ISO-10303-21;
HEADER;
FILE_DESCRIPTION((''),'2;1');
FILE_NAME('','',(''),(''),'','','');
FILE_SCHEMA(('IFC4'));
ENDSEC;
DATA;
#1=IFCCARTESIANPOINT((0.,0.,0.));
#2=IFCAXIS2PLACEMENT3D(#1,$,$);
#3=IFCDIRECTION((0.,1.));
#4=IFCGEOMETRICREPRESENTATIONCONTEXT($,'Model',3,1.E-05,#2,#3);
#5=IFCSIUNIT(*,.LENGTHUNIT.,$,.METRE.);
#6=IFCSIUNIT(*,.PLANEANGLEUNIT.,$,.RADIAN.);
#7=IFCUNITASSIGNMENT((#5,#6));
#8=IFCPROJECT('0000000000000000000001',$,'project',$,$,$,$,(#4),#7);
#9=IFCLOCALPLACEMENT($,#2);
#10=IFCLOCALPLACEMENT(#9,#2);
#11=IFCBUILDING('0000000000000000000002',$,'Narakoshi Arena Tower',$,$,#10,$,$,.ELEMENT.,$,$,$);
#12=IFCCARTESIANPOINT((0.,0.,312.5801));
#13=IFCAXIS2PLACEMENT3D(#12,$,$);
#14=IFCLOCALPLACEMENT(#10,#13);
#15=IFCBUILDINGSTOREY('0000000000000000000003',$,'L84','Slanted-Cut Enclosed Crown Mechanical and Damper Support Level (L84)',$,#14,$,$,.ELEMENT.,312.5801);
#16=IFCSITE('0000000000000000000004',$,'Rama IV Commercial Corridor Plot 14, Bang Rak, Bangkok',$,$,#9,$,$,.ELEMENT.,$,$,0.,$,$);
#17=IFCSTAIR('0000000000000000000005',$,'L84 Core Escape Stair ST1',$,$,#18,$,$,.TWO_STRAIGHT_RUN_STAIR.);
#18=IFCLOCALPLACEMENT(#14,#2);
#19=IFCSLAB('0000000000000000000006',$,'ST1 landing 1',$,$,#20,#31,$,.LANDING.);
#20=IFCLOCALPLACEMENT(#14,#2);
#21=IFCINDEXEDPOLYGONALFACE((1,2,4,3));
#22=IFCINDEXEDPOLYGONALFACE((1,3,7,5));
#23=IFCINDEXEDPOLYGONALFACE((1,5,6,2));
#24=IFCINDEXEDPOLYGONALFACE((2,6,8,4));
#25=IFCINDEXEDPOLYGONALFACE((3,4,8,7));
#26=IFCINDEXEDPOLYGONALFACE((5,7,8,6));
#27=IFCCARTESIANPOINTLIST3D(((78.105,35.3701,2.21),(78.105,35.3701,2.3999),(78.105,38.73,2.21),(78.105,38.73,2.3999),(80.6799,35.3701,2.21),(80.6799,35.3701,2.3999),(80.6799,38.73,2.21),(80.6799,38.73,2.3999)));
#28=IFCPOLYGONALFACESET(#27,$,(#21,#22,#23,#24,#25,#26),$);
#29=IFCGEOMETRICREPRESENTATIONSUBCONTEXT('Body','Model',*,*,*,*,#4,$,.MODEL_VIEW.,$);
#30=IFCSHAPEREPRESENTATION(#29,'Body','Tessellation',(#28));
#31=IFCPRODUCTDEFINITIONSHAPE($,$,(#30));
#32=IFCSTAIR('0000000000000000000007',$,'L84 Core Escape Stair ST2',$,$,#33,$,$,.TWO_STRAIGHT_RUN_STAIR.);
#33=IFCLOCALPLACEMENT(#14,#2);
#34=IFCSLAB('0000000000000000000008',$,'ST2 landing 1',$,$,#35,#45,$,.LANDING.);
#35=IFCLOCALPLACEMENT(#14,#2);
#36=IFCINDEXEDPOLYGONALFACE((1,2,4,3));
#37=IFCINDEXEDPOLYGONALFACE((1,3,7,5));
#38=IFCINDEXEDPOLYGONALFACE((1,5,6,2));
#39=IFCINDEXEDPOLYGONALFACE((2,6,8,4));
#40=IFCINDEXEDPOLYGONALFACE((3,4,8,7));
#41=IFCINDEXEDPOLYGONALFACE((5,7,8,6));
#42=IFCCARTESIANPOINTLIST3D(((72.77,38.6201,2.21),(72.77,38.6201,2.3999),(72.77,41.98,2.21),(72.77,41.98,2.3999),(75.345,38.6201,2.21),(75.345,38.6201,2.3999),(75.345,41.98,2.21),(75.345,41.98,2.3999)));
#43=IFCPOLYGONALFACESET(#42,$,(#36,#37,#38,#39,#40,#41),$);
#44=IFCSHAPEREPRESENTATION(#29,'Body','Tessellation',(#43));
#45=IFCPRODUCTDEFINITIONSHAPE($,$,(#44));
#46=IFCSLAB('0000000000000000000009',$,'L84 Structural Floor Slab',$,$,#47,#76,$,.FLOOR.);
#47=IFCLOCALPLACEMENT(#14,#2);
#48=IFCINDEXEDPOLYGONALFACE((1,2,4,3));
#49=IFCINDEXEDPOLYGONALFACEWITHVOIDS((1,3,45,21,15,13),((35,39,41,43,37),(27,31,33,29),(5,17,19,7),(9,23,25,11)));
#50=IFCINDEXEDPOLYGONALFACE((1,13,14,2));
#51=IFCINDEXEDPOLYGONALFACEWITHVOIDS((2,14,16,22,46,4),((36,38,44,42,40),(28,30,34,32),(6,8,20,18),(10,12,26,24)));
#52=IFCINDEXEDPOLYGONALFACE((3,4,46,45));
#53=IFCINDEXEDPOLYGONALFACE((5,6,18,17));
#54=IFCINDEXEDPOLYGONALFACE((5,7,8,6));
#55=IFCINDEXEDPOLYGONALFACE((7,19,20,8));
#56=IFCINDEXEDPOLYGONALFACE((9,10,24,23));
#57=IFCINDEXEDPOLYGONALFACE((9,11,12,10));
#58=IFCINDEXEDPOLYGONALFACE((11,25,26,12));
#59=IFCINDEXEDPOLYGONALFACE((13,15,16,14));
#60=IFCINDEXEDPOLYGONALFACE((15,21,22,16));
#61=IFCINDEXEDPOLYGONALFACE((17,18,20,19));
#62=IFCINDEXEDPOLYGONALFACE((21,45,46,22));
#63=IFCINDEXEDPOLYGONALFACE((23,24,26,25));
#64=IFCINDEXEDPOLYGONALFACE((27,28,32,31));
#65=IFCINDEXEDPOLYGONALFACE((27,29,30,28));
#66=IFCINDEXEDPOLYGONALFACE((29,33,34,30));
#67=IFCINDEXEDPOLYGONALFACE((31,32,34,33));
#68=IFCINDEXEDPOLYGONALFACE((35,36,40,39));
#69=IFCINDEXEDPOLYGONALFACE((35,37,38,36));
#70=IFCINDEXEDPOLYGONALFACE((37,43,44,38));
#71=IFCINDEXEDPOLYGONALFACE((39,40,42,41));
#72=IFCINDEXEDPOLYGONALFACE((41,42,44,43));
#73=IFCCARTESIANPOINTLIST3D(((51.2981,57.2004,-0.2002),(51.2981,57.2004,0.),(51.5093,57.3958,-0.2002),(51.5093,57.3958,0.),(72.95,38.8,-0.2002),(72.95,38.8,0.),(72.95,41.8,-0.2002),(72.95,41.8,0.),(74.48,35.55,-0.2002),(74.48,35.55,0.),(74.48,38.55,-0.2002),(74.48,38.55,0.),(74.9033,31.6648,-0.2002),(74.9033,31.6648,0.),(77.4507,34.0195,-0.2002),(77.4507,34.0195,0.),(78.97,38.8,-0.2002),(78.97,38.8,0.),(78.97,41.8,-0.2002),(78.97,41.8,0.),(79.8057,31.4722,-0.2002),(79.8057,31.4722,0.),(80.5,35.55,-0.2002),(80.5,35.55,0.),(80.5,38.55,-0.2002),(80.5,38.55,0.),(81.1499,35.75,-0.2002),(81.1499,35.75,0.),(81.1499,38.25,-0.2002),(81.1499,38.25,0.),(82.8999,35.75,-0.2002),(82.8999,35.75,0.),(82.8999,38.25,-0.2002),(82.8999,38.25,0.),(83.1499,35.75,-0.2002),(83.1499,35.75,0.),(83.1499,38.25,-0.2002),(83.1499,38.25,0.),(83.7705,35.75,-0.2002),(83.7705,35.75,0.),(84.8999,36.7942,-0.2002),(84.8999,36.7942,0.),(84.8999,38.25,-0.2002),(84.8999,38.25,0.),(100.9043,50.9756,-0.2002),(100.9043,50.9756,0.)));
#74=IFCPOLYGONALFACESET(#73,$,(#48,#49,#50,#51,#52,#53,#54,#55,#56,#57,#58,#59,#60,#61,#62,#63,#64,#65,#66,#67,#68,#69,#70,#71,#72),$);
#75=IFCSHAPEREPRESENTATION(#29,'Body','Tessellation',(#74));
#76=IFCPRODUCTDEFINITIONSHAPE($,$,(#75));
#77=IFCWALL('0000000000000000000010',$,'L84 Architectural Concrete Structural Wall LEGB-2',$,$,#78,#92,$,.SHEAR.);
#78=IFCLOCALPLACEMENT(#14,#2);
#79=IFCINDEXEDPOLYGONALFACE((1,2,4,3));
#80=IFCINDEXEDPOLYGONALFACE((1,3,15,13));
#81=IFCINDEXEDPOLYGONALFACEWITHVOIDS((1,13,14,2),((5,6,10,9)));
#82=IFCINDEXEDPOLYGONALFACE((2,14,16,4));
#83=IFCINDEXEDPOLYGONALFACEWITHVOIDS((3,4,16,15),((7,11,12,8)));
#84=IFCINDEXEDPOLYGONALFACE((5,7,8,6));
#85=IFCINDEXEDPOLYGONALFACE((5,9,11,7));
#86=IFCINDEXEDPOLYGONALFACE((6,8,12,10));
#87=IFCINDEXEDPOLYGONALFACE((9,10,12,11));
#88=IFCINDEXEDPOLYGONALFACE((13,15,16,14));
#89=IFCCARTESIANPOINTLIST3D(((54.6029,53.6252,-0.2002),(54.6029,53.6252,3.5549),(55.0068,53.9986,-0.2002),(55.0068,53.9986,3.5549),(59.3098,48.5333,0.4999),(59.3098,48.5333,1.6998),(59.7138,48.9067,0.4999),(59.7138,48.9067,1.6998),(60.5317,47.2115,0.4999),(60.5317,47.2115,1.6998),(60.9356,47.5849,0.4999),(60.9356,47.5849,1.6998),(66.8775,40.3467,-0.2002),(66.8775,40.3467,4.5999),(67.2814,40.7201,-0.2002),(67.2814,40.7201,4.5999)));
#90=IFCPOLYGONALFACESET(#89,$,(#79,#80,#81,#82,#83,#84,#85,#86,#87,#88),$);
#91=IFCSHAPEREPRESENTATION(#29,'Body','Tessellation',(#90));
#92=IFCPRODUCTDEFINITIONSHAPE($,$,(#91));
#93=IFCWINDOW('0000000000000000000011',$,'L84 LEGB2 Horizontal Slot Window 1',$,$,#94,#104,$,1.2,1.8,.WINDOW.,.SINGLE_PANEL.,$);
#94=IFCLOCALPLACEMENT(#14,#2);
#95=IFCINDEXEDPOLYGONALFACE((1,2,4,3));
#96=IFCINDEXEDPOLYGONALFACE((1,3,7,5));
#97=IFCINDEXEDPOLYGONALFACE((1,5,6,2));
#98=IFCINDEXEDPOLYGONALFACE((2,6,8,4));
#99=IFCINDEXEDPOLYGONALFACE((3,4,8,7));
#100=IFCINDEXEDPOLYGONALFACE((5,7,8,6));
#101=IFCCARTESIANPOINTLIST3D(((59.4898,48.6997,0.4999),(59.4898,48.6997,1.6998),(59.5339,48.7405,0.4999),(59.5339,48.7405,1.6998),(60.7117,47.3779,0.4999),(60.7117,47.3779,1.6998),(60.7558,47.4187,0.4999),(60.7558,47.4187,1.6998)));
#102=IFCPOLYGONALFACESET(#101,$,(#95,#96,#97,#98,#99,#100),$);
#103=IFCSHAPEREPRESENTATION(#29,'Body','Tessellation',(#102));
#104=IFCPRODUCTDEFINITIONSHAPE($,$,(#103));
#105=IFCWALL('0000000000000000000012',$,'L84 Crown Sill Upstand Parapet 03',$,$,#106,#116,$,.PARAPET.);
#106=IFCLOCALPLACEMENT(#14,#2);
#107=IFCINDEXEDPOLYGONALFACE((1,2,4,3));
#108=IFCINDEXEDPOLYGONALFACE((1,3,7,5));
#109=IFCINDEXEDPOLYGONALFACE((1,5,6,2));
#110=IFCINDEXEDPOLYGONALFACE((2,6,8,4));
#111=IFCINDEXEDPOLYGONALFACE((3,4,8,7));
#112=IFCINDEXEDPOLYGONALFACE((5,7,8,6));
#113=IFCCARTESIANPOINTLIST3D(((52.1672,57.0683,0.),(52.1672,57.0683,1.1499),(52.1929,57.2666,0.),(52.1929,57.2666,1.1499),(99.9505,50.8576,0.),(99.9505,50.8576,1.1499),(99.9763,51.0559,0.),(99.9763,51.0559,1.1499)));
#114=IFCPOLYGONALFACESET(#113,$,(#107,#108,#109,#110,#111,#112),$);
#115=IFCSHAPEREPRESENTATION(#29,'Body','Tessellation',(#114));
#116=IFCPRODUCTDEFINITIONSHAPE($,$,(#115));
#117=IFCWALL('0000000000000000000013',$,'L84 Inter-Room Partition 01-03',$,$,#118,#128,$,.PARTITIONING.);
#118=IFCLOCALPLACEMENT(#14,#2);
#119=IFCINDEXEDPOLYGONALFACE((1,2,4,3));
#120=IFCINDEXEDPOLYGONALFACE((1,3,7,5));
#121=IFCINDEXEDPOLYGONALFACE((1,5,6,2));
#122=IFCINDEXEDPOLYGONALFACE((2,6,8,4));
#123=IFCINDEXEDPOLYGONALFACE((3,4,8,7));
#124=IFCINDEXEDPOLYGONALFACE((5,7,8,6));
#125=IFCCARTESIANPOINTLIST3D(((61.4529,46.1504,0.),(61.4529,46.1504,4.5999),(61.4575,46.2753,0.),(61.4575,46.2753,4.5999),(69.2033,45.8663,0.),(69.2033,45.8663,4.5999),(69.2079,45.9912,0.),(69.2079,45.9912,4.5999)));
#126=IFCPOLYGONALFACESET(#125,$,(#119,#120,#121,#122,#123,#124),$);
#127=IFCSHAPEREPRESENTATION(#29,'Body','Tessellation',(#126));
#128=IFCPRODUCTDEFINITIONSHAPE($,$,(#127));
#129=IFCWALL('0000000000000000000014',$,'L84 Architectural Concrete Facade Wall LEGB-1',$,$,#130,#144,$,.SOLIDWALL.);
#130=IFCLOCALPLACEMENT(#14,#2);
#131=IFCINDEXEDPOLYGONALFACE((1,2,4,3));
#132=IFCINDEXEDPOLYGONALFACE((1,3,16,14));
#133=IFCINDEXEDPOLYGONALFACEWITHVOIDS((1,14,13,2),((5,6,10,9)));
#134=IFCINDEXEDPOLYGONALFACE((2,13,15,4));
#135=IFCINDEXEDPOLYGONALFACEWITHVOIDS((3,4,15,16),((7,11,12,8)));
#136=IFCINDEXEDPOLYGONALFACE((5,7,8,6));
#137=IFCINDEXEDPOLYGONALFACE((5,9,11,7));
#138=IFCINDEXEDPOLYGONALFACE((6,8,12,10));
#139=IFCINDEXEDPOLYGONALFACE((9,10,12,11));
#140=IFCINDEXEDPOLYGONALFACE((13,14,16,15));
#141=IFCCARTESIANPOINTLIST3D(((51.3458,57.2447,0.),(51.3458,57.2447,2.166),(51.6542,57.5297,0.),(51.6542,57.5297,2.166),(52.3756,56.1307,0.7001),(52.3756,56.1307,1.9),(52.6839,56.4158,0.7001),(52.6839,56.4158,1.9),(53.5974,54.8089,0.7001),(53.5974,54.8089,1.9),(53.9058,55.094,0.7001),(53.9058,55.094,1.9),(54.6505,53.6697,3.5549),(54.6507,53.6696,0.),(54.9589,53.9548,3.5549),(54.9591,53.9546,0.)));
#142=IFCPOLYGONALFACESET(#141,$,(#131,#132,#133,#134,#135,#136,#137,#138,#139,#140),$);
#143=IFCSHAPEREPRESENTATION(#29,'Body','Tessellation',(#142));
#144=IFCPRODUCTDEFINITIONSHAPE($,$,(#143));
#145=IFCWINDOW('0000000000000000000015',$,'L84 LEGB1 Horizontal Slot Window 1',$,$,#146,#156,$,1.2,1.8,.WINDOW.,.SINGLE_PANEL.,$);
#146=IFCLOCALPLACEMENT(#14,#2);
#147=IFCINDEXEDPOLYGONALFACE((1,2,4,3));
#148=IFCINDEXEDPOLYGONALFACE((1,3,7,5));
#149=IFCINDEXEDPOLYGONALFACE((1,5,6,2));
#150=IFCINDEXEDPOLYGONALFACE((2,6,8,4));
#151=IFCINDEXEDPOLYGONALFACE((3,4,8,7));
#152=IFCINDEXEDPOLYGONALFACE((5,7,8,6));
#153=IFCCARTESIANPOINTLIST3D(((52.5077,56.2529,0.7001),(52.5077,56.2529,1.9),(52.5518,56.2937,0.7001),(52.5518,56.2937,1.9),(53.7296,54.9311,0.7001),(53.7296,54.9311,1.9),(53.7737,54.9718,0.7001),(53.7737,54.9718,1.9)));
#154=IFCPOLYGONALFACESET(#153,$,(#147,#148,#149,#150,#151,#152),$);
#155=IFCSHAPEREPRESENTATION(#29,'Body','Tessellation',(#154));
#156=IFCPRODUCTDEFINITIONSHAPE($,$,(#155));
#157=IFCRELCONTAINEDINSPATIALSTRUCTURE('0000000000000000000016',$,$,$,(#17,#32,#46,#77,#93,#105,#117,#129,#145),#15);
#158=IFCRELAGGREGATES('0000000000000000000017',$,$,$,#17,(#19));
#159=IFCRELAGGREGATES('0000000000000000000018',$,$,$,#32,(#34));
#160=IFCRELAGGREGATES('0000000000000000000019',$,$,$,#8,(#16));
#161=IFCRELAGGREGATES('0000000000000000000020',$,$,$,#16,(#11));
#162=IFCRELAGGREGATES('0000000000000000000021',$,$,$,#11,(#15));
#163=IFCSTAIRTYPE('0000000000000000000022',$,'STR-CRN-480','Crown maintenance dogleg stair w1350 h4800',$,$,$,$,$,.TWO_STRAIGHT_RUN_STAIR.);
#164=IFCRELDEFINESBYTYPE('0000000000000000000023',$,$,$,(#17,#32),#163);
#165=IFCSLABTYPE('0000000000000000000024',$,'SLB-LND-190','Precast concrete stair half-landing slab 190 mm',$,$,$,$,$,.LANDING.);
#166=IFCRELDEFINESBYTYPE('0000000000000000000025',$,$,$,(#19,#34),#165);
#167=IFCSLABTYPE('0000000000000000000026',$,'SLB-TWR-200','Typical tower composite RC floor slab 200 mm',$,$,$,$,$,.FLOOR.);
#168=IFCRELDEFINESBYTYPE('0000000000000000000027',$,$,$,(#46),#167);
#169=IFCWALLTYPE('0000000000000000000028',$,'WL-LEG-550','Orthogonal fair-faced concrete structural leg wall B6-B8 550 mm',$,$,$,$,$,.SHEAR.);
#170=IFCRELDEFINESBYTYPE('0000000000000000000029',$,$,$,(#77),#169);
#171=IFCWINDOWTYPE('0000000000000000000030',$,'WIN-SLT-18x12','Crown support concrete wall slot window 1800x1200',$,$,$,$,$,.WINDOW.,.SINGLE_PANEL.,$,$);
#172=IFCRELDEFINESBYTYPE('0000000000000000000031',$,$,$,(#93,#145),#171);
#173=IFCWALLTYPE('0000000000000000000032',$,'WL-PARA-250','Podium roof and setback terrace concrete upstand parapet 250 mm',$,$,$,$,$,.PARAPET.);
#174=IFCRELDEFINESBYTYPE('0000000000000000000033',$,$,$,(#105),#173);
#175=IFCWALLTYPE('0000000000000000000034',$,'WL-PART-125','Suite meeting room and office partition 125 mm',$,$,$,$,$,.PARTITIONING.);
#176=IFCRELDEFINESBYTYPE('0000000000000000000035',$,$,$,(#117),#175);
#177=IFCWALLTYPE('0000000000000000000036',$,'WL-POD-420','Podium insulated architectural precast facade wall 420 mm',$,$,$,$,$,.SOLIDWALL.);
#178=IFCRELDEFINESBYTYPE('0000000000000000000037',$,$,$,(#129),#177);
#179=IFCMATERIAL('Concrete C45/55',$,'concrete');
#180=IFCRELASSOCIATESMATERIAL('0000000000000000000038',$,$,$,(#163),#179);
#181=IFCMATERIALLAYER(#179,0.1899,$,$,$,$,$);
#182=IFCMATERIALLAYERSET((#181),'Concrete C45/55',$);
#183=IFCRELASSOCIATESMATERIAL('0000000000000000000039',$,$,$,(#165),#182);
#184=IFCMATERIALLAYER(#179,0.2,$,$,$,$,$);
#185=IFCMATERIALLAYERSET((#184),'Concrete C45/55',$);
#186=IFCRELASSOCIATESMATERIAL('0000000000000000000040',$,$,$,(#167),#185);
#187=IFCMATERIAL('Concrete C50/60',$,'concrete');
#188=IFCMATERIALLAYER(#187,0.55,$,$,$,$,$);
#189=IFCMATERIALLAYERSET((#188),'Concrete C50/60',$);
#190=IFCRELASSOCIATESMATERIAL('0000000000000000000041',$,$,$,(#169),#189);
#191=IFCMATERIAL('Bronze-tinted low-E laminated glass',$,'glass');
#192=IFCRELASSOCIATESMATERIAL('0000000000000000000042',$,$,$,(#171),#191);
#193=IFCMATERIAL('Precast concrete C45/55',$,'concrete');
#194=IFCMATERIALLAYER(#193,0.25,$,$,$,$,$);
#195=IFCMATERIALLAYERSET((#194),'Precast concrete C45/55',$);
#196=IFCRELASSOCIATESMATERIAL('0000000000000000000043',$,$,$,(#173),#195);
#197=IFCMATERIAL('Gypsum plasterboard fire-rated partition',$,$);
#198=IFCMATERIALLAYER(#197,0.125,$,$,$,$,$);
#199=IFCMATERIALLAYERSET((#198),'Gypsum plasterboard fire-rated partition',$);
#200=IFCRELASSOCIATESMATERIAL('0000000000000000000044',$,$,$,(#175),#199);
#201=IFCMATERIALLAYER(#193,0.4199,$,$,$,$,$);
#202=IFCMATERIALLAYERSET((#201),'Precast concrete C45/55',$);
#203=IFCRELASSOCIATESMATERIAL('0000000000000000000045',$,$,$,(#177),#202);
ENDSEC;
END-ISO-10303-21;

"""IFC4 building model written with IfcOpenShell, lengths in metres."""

from ifc_helpers import new_model, si_unit, direction, frame, frame_2d, origin, place, context, subcontext, project, spatial, polyline, rectangle, outline, extrude, material, layer, layer_set, type_object, element, fill, aggregate, save


model = new_model("IFC4")

# Units and contexts
model_context = context("Model", 3, precision=1e-05, world=origin(), true_north=direction((0.0, 1.0)))
body_context = subcontext(model_context, "Body", "Model", "MODEL_VIEW")
ifc_project = project(units=[si_unit("LENGTHUNIT", "METRE"), si_unit("PLANEANGLEUNIT", "RADIAN")], contexts=[model_context])

# Site, building, storey
site_placement = place(None, origin())
site = spatial("IfcSite", under=ifc_project, at=site_placement, Name="Rama IV Commercial Corridor Plot 14, Bang Rak, Bangkok", CompositionType="ELEMENT", RefElevation=0.0)
building_placement = place(site_placement, origin())
building = spatial("IfcBuilding", under=site, at=building_placement, Name="Narakoshi Arena Tower", CompositionType="ELEMENT")
storey_placement = place(building_placement, frame((0.0, 0.0, 312.5801)))
storey = spatial("IfcBuildingStorey", under=building, at=storey_placement, Name="L84", Description="Slanted-Cut Enclosed Crown Mechanical and Damper Support Level (L84)", CompositionType="ELEMENT", Elevation=312.5801)

# Shared definitions
ifc_material_1 = material(Name="Bronze-tinted low-E laminated glass", Category="glass")

# Stairs, slabs
ifc_material_2 = material(Name="Concrete C45/55", Category="concrete")
stair_type = type_object("IfcStairType", Name="STR-CRN-480", Description="Crown maintenance dogleg stair w1350 h4800", PredefinedType="TWO_STRAIGHT_RUN_STAIR", material=ifc_material_2)
stair_1_placement = place(storey_placement, origin())
stair_1 = element("IfcStair", 1, at=stair_1_placement, inside=storey, type_object=stair_type, Name="L84 Core Escape Stair ST1", PredefinedType="TWO_STRAIGHT_RUN_STAIR")
ifc_layer_1 = layer(ifc_material_2, 0.1899)
ifc_layer_set_1 = layer_set([ifc_layer_1], Name="Concrete C45/55")
slab_type_1 = type_object("IfcSlabType", Name="SLB-LND-190", Description="Precast concrete stair half-landing slab 190 mm", PredefinedType="LANDING", material=ifc_layer_set_1)
slab_1_placement = place(storey_placement, frame((0.0, 0.0, 2.21)))
slab_1 = element("IfcSlab", 2, at=slab_1_placement, type_object=slab_type_1, Name="ST1 landing 1", PredefinedType="LANDING", context=body_context, shape_type="SweptSolid", body=[
    extrude(outline(polyline([(78.105, 35.3701), (80.6799, 35.3701), (80.6799, 38.73), (78.105, 38.73), (78.105, 35.3701)])), origin(), (0.0, 0.0, 1.0), 0.1899),
])
aggregate(stair_1, [slab_1])
stair_2_placement = place(storey_placement, origin())
stair_2 = element("IfcStair", 3, at=stair_2_placement, inside=storey, type_object=stair_type, Name="L84 Core Escape Stair ST2", PredefinedType="TWO_STRAIGHT_RUN_STAIR")
slab_2_placement = place(storey_placement, frame((0.0, 0.0, 2.21)))
slab_2 = element("IfcSlab", 4, at=slab_2_placement, type_object=slab_type_1, Name="ST2 landing 1", PredefinedType="LANDING", context=body_context, shape_type="SweptSolid", body=[
    extrude(outline(polyline([(72.77, 38.6201), (75.345, 38.6201), (75.345, 41.98), (72.77, 41.98), (72.77, 38.6201)])), origin(), (0.0, 0.0, 1.0), 0.1899),
])
aggregate(stair_2, [slab_2])

# Slab
ifc_layer_2 = layer(ifc_material_2, 0.2)
ifc_layer_set_2 = layer_set([ifc_layer_2], Name="Concrete C45/55")
slab_type_2 = type_object("IfcSlabType", Name="SLB-TWR-200", Description="Typical tower composite RC floor slab 200 mm", PredefinedType="FLOOR", material=ifc_layer_set_2)
slab_3_placement = place(storey_placement, frame((0.0, 0.0, -0.2002)))
element("IfcSlab", 5, at=slab_3_placement, inside=storey, type_object=slab_type_2, Name="L84 Structural Floor Slab", PredefinedType="FLOOR", context=body_context, shape_type="SweptSolid", body=[
    extrude(outline(polyline([(79.8057, 31.4722), (77.4507, 34.0195), (74.9033, 31.6648), (51.2981, 57.2004), (51.5093, 57.3958), (100.9043, 50.9756), (79.8057, 31.4722)]), holes=[polyline([(80.5, 38.55), (80.5, 35.55), (74.48, 35.55), (74.48, 38.55), (80.5, 38.55)]), polyline([(82.8999, 38.25), (82.8999, 35.75), (81.1499, 35.75), (81.1499, 38.25), (82.8999, 38.25)]), polyline([(84.8999, 38.25), (84.8999, 36.7942), (83.7705, 35.75), (83.1499, 35.75), (83.1499, 38.25), (84.8999, 38.25)]), polyline([(78.97, 41.8), (78.97, 38.8), (72.95, 38.8), (72.95, 41.8), (78.97, 41.8)])]), origin(), (0.0, 0.0, 1.0), 0.2002),
])

# Wall, opening, window
ifc_material_3 = material(Name="Concrete C50/60", Category="concrete")
ifc_layer_3 = layer(ifc_material_3, 0.55)
ifc_layer_set_3 = layer_set([ifc_layer_3], Name="Concrete C50/60")
wall_type_1 = type_object("IfcWallType", Name="WL-LEG-550", Description="Orthogonal fair-faced concrete structural leg wall B6-B8 550 mm", PredefinedType="SHEAR", material=ifc_layer_set_3)
wall_1_placement = place(storey_placement, frame((54.8049, 53.812, -0.2002), z_axis=(0.0, 0.0, 1.0), x_axis=(0.678803, -0.73432, 0.0)))
wall_1 = element("IfcWall", 6, at=wall_1_placement, inside=storey, type_object=wall_type_1, Name="L84 Architectural Concrete Structural Wall LEGB-2", PredefinedType="SHEAR", context=body_context, shape_type="SweptSolid", body=[
    extrude(outline(polyline([(0.0, 0.0), (18.0828, 0.0), (18.0828, 4.8), (0.0, 3.7551), (0.0, 0.0)])), frame((0.0, 0.2749, 0.0), z_axis=(0.0, -1.0, 0.0), x_axis=(1.0, 0.0, 0.0)), (0.0, 0.0, 1.0), 0.55),
])
opening_1_placement = place(wall_1_placement, frame((6.9343, 0.0, 0.7)))
opening_1 = element("IfcOpeningElement", 7, at=opening_1_placement, cuts=wall_1, PredefinedType="OPENING", context=body_context, shape_type="SweptSolid", body=[
    extrude(rectangle(XDim=1.8, YDim=1.2, at=frame_2d((0.8999, 0.6001))), frame((0.0, 0.2849, 0.0), z_axis=(0.0, -1.0, 0.0), x_axis=(1.0, 0.0, 0.0)), (0.0, 0.0, 1.0), 0.5701),
])
window_type = type_object("IfcWindowType", Name="WIN-SLT-18x12", Description="Crown support concrete wall slot window 1800x1200", PartitioningType="SINGLE_PANEL", PredefinedType="WINDOW", material=ifc_material_1)
window_1_placement = place(opening_1_placement, origin())
window_1 = element("IfcWindow", 8, at=window_1_placement, inside=storey, type_object=window_type, Name="L84 LEGB2 Horizontal Slot Window 1", OverallHeight=1.2, OverallWidth=1.8, PartitioningType="SINGLE_PANEL", PredefinedType="WINDOW", context=body_context, shape_type="SweptSolid", body=[
    extrude(rectangle(XDim=1.8, YDim=1.2, at=frame_2d((0.8999, 0.6001))), frame((0.0, 0.03, 0.0), z_axis=(0.0, -1.0, 0.0), x_axis=(1.0, 0.0, 0.0)), (0.0, 0.0, 1.0), 0.0601),
])
fill(opening_1, window_1)

# Walls
ifc_material_4 = material(Name="Precast concrete C45/55", Category="concrete")
ifc_layer_4 = layer(ifc_material_4, 0.25)
ifc_layer_set_4 = layer_set([ifc_layer_4], Name="Precast concrete C45/55")
wall_type_2 = type_object("IfcWallType", Name="WL-PARA-250", Description="Podium roof and setback terrace concrete upstand parapet 250 mm", PredefinedType="PARAPET", material=ifc_layer_set_4)
wall_2_placement = place(storey_placement, frame((52.1799, 57.1675, 0.0), z_axis=(0.0, 0.0, 1.0), x_axis=(0.991659, -0.128892, 0.0)))
element("IfcWall", 9, at=wall_2_placement, inside=storey, type_object=wall_type_2, Name="L84 Crown Sill Upstand Parapet 03", PredefinedType="PARAPET", context=body_context, shape_type="SweptSolid", body=[
    extrude(rectangle(XDim=48.1853, YDim=0.2, at=frame_2d((24.0928, 0.0))), origin(), (0.0, 0.0, 1.0), 1.1499),
])
ifc_material_5 = material(Name="Gypsum plasterboard fire-rated partition")
ifc_layer_5 = layer(ifc_material_5, 0.125)
ifc_layer_set_5 = layer_set([ifc_layer_5], Name="Gypsum plasterboard fire-rated partition")
wall_type_3 = type_object("IfcWallType", Name="WL-PART-125", Description="Suite meeting room and office partition 125 mm", PredefinedType="PARTITIONING", material=ifc_layer_set_5)
wall_3_placement = place(storey_placement, frame((61.4551, 46.2129, 0.0), z_axis=(0.0, 0.0, 1.0), x_axis=(0.999328, -0.036641, 0.0)))
element("IfcWall", 10, at=wall_3_placement, inside=storey, type_object=wall_type_3, Name="L84 Inter-Room Partition 01-03", PredefinedType="PARTITIONING", context=body_context, shape_type="SweptSolid", body=[
    extrude(rectangle(XDim=7.7556, YDim=0.125, at=frame_2d((3.8779, 0.0))), origin(), (0.0, 0.0, 1.0), 4.5999),
])

# Wall, opening, window
ifc_layer_6 = layer(ifc_material_4, 0.4199)
ifc_layer_set_6 = layer_set([ifc_layer_6], Name="Precast concrete C45/55")
wall_type_4 = type_object("IfcWallType", Name="WL-POD-420", Description="Podium insulated architectural precast facade wall 420 mm", PredefinedType="SOLIDWALL", material=ifc_layer_set_6)
wall_4_placement = place(storey_placement, frame((51.5, 57.3872, 0.0), z_axis=(0.0, 0.0, 1.0), x_axis=(0.678807, -0.734317, 0.0)))
wall_4 = element("IfcWall", 11, at=wall_4_placement, inside=storey, type_object=wall_type_4, Name="L84 Architectural Concrete Facade Wall LEGB-1", PredefinedType="SOLIDWALL", context=body_context, shape_type="SweptSolid", body=[
    extrude(outline(polyline([(0.0, 0.0), (4.8687, 0.0), (4.8684, 3.5549), (0.0, 2.166), (0.0, 0.0)])), frame((0.0, 0.21, 0.0), z_axis=(0.0, -1.0, 0.0), x_axis=(1.0, 0.0, 0.0)), (0.0, 0.0, 1.0), 0.4199),
])
opening_2_placement = place(wall_4_placement, frame((1.5171, 0.0, 0.7)))
opening_2 = element("IfcOpeningElement", 12, at=opening_2_placement, cuts=wall_4, PredefinedType="OPENING", context=body_context, shape_type="SweptSolid", body=[
    extrude(rectangle(XDim=1.8, YDim=1.2, at=frame_2d((0.8999, 0.6001))), frame((0.0, 0.22, 0.0), z_axis=(0.0, -1.0, 0.0), x_axis=(1.0, 0.0, 0.0)), (0.0, 0.0, 1.0), 0.4399),
])
window_2_placement = place(opening_2_placement, origin())
window_2 = element("IfcWindow", 13, at=window_2_placement, inside=storey, type_object=window_type, Name="L84 LEGB1 Horizontal Slot Window 1", OverallHeight=1.2, OverallWidth=1.8, PartitioningType="SINGLE_PANEL", PredefinedType="WINDOW", context=body_context, shape_type="SweptSolid", body=[
    extrude(rectangle(XDim=1.8, YDim=1.2, at=frame_2d((0.8999, 0.6001))), frame((0.0, 0.03, 0.0), z_axis=(0.0, -1.0, 0.0), x_axis=(1.0, 0.0, 0.0)), (0.0, 0.0, 1.0), 0.0601),
])
fill(opening_2, window_2)

save(model, "model.ifc")
